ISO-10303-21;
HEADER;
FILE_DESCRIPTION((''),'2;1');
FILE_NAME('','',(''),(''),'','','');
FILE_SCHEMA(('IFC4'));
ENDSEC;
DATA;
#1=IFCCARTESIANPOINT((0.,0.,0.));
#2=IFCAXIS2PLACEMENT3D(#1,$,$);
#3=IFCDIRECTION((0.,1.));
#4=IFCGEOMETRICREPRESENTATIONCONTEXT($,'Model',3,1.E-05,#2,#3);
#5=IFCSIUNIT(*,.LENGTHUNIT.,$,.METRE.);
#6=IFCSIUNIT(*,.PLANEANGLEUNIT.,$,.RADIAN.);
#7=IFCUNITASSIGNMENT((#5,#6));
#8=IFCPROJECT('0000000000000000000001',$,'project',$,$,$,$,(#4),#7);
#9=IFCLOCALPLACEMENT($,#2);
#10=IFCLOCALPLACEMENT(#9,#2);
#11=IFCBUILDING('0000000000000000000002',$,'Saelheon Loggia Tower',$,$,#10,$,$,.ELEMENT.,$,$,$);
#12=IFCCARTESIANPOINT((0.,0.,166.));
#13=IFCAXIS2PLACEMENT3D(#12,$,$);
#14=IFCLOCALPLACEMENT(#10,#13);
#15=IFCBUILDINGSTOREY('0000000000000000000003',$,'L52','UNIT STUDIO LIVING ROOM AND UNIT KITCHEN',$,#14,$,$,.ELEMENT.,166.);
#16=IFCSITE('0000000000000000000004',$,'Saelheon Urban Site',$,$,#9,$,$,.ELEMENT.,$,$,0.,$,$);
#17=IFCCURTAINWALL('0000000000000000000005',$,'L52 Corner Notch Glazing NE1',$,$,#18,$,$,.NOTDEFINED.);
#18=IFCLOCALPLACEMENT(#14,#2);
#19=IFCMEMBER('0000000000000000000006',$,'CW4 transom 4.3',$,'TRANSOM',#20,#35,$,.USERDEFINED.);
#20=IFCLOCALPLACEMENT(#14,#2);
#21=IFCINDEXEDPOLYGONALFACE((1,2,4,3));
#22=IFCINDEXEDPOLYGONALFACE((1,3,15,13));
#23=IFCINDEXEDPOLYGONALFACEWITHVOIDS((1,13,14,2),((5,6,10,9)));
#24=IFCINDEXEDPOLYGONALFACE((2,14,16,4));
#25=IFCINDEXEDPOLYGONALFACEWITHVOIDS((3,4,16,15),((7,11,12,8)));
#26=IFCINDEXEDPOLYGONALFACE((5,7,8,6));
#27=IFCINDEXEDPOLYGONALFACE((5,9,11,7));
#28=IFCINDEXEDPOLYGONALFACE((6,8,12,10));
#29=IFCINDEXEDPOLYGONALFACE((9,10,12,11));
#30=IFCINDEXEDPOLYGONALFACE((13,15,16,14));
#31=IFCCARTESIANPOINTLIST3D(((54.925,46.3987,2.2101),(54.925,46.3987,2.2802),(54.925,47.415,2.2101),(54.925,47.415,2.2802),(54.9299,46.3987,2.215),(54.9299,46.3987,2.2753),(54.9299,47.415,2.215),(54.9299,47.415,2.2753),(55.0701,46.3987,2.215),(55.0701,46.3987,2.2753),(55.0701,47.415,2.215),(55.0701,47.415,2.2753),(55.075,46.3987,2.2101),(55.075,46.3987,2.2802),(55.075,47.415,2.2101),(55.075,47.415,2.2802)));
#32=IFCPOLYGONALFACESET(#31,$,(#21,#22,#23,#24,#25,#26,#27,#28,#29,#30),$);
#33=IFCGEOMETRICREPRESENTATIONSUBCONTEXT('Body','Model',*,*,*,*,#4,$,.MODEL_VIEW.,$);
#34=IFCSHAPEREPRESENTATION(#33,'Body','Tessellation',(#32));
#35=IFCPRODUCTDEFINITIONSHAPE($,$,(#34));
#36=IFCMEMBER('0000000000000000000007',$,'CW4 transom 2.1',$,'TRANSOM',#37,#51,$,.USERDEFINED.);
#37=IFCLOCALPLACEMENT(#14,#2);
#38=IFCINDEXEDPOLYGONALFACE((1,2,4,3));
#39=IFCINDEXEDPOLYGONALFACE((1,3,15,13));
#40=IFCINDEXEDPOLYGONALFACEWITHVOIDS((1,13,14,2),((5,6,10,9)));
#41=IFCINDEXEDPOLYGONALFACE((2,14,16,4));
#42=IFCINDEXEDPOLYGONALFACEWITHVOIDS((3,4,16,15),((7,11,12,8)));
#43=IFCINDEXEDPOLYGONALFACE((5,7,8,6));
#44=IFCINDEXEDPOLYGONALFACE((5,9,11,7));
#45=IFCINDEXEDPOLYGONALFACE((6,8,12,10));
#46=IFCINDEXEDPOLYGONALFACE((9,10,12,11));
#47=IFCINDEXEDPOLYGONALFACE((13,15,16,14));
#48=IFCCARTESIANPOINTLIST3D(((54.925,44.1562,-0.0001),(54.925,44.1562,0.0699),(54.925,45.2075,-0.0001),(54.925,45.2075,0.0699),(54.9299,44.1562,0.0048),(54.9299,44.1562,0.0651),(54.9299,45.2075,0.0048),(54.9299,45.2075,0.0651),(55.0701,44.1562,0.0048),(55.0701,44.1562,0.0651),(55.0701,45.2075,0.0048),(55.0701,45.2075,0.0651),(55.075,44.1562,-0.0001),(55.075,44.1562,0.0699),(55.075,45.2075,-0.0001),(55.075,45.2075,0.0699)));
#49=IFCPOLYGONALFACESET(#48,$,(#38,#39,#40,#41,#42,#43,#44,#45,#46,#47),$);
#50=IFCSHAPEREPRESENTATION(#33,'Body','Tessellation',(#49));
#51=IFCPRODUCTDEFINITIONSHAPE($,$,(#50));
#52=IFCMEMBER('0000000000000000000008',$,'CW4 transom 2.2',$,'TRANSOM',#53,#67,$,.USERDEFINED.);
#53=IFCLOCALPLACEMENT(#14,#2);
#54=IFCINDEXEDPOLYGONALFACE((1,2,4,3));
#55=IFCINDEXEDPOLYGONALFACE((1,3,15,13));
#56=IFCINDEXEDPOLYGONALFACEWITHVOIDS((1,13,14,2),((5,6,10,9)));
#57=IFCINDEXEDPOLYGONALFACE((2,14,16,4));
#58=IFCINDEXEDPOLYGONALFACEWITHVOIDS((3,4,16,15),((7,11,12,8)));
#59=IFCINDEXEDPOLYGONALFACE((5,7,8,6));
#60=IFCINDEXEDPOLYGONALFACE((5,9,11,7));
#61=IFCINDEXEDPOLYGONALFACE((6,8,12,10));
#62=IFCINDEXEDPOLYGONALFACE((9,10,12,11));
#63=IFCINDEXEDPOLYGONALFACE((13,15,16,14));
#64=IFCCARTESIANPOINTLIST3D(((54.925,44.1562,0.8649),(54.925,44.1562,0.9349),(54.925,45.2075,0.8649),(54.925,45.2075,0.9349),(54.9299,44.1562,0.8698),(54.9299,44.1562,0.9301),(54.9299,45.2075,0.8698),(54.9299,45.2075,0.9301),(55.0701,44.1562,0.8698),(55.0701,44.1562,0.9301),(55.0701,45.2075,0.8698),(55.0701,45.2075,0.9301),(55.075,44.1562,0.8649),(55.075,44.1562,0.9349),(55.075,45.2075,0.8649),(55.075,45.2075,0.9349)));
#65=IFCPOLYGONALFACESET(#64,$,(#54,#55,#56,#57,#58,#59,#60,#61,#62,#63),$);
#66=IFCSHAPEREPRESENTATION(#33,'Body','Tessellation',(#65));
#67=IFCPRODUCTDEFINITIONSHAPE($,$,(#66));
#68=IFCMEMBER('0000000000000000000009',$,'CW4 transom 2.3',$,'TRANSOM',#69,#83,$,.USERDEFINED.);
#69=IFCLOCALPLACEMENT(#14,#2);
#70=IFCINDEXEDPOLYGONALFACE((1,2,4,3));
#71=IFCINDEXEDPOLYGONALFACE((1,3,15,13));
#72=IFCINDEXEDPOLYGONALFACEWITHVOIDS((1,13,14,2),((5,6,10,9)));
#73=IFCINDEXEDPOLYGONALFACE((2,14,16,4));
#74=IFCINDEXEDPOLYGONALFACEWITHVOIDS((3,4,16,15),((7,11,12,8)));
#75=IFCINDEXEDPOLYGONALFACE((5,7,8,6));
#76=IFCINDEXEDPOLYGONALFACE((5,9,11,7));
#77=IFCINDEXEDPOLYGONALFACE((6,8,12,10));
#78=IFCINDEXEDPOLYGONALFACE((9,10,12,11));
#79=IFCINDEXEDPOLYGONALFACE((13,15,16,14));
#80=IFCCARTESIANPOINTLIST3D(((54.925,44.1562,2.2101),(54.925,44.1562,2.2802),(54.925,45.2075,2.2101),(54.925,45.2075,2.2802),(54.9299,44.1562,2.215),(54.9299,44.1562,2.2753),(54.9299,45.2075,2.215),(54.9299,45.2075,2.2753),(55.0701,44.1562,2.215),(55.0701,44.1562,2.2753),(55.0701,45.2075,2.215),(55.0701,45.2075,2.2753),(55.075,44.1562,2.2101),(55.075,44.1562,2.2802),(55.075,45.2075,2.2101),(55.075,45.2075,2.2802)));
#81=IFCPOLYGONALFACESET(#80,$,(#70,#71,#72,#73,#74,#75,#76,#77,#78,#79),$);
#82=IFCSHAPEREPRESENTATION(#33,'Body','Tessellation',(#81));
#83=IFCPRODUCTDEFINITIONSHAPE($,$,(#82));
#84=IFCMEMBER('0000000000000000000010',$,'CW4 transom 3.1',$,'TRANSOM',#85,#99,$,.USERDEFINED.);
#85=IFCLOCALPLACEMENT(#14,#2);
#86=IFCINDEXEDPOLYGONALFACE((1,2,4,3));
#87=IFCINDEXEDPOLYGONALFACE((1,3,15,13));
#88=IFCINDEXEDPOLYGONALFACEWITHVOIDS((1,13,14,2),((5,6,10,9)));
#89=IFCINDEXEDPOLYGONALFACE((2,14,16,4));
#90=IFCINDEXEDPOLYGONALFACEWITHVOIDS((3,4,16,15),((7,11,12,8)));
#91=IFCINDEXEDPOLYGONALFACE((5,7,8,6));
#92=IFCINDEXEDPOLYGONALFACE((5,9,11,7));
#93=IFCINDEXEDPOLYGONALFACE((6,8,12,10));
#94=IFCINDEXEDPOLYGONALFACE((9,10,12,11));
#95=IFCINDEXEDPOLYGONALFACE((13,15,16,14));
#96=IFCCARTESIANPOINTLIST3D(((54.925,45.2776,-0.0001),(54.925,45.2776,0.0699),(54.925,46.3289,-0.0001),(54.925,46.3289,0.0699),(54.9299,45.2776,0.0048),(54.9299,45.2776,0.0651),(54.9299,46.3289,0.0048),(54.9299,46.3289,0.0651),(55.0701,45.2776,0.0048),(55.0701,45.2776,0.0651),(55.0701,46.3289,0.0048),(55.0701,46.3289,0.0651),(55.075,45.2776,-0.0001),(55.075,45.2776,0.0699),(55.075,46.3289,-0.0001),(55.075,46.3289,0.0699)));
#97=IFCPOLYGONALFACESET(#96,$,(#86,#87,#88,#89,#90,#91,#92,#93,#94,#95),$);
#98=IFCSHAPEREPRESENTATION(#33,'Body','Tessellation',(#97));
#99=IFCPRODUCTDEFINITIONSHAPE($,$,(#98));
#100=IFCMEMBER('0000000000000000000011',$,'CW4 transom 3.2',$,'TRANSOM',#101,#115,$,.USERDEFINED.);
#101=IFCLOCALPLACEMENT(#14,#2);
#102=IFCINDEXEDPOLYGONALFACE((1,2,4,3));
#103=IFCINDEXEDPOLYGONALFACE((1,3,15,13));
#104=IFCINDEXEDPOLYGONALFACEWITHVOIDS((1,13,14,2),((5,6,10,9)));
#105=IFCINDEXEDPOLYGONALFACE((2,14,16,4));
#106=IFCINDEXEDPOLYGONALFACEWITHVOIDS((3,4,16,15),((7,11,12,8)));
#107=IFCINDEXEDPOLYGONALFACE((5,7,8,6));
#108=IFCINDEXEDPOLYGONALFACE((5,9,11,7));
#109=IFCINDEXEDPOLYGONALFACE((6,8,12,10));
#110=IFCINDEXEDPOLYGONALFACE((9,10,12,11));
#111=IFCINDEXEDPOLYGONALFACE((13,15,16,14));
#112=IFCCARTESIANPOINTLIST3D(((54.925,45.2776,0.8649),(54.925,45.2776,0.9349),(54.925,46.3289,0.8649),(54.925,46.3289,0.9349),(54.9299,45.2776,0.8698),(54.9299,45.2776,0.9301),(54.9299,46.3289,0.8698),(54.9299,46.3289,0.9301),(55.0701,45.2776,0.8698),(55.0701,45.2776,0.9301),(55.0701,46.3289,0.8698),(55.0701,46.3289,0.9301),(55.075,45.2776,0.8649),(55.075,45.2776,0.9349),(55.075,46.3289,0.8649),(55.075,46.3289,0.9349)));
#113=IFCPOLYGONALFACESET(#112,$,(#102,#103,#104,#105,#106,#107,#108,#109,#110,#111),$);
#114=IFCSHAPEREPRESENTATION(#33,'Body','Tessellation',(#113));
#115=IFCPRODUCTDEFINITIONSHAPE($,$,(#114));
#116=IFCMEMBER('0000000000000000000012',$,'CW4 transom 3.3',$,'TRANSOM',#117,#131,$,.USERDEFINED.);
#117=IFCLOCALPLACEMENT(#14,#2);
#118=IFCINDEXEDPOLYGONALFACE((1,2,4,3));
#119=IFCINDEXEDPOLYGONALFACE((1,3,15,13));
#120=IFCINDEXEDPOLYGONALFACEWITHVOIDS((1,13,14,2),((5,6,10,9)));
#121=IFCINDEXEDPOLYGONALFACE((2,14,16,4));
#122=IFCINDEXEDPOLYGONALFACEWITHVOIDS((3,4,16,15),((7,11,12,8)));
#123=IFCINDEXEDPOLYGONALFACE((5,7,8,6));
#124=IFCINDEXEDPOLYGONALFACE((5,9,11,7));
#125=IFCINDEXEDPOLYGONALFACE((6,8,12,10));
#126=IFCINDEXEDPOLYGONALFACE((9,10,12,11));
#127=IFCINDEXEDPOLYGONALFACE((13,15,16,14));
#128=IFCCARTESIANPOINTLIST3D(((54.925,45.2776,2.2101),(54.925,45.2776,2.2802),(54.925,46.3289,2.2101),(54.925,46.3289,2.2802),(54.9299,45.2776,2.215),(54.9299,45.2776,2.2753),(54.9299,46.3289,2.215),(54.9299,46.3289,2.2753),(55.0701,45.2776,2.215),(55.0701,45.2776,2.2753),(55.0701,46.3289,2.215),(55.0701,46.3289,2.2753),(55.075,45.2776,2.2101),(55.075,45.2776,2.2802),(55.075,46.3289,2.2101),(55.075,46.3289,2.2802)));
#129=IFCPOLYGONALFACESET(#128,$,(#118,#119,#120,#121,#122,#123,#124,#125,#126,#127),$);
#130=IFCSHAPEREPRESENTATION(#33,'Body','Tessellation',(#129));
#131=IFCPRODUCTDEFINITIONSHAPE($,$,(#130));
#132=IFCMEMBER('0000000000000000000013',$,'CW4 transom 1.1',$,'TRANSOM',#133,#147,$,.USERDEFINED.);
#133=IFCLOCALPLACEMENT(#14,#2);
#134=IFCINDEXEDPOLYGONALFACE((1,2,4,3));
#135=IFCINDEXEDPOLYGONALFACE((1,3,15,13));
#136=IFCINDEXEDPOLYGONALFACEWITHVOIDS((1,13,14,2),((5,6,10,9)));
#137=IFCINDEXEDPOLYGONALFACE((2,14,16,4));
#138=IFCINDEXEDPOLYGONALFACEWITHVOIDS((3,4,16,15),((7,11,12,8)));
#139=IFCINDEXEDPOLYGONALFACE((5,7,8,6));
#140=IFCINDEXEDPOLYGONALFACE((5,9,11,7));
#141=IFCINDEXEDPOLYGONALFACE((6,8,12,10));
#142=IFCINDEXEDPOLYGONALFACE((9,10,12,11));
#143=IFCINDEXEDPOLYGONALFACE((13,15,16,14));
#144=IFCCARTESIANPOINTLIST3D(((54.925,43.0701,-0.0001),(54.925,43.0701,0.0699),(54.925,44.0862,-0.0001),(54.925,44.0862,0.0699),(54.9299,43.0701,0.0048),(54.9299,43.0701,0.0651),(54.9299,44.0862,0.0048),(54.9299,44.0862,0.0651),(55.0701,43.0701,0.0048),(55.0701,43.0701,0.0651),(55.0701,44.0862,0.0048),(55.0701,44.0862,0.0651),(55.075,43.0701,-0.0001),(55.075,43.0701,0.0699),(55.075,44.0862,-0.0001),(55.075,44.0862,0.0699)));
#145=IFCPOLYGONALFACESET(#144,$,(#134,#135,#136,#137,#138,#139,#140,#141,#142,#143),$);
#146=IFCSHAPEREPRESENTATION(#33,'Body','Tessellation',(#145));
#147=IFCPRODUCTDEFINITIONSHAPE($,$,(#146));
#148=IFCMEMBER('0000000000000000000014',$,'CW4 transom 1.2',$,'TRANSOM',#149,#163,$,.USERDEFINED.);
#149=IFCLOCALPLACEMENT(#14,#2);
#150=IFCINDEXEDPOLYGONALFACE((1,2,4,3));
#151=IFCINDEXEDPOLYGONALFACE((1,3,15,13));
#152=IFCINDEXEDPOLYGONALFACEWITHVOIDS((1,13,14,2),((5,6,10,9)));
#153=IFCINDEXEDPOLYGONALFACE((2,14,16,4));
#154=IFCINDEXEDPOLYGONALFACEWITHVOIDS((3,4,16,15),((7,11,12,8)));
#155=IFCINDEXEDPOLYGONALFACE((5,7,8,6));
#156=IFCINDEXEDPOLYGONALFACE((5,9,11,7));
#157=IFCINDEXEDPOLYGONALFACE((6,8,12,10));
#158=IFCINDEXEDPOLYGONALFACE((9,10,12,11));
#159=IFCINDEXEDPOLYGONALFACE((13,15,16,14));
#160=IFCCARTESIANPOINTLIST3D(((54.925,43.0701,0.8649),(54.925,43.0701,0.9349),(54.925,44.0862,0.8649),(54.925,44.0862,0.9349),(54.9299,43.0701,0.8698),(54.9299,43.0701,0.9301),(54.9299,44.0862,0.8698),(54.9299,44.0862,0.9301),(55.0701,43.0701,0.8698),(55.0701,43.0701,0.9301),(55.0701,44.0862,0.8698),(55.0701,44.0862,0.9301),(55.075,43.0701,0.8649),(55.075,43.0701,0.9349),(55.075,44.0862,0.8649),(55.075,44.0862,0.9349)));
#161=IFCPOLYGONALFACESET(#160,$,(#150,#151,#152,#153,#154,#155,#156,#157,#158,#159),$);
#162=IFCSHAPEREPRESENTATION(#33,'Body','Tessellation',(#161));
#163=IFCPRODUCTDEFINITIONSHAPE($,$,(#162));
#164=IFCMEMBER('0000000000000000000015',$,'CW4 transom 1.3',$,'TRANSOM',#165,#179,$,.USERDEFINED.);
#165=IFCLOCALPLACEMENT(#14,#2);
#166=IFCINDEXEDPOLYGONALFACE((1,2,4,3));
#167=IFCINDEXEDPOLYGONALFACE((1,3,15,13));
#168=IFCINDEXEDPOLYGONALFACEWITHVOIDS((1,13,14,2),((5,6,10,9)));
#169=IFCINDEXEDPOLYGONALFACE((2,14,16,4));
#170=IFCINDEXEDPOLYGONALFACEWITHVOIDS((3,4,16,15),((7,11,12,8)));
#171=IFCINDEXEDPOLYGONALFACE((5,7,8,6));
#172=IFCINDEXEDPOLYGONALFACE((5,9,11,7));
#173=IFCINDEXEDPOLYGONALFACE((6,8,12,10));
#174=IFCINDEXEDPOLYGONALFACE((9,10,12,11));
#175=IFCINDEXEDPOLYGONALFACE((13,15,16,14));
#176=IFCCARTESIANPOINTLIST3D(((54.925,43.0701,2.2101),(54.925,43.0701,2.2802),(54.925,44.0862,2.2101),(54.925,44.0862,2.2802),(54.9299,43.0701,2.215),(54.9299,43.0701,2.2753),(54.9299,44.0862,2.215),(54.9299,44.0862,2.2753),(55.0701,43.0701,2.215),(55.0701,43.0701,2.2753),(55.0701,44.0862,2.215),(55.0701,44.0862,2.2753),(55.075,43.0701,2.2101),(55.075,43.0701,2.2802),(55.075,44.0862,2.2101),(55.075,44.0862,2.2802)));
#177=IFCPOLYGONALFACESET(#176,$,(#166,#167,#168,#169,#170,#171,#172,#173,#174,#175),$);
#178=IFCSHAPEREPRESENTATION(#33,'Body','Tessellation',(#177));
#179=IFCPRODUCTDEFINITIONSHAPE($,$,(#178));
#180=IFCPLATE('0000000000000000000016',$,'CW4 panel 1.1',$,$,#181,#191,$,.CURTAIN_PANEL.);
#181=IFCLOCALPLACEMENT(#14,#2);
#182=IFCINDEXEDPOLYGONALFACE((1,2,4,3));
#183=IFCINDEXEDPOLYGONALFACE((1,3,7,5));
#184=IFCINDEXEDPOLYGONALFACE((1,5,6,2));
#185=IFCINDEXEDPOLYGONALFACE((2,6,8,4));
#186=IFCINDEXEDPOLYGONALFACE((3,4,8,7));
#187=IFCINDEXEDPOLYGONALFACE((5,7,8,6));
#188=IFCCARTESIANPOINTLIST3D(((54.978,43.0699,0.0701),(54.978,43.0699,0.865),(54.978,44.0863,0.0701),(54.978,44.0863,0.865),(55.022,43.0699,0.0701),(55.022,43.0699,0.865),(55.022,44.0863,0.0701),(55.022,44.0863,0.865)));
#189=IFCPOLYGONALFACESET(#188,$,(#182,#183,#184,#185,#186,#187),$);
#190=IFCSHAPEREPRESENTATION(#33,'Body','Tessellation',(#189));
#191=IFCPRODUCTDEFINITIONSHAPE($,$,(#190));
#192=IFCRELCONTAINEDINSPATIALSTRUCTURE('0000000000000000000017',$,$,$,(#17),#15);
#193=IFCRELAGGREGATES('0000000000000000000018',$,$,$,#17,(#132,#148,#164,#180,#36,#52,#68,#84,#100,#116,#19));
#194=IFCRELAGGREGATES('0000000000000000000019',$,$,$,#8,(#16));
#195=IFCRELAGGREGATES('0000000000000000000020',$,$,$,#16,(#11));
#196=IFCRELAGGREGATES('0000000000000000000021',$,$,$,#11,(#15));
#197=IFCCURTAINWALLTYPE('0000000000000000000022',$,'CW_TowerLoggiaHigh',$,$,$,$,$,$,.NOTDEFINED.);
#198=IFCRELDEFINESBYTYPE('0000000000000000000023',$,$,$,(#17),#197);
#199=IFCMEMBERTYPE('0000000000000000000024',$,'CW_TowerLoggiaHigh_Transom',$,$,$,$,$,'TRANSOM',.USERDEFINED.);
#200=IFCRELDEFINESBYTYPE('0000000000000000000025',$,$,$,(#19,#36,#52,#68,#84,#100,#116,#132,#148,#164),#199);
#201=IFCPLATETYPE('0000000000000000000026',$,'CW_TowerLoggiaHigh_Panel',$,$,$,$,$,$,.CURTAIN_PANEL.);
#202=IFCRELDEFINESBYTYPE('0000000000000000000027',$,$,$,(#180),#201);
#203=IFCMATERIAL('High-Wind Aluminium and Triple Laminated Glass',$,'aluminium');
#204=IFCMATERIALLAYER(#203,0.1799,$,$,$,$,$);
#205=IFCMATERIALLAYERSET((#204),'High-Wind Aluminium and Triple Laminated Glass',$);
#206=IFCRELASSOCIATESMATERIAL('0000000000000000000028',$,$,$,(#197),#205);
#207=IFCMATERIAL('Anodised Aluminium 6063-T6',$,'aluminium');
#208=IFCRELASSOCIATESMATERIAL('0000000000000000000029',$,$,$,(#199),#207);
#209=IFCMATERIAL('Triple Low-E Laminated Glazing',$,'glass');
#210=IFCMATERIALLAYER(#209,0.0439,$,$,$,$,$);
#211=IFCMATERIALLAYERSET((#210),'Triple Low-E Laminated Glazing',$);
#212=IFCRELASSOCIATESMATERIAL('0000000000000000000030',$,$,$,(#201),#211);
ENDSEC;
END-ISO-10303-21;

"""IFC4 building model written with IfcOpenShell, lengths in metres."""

from ifc_helpers import new_model, si_unit, direction, frame, origin, origin_2d, place, context, subcontext, project, spatial, rectangle, hollow_rectangle, extrude, source, transform, mapped, material, layer, layer_set, material_profile, profile_set, type_object, element, aggregate, save


model = new_model("IFC4")

# Units and contexts
model_context = context("Model", 3, precision=1e-05, world=origin(), true_north=direction((0.0, 1.0)))
body_context = subcontext(model_context, "Body", "Model", "MODEL_VIEW")
ifc_project = project(units=[si_unit("LENGTHUNIT", "METRE"), si_unit("PLANEANGLEUNIT", "RADIAN")], contexts=[model_context])

# Site, building, storey
site_placement = place(None, origin())
site = spatial("IfcSite", under=ifc_project, at=site_placement, Name="Saelheon Urban Site", CompositionType="ELEMENT", RefElevation=0.0)
building_placement = place(site_placement, origin())
building = spatial("IfcBuilding", under=site, at=building_placement, Name="Saelheon Loggia Tower", CompositionType="ELEMENT")
storey_placement = place(building_placement, frame((0.0, 0.0, 166.0)))
storey = spatial("IfcBuildingStorey", under=building, at=storey_placement, Name="L52", Description="UNIT STUDIO LIVING ROOM AND UNIT KITCHEN", CompositionType="ELEMENT", Elevation=166.0)

# Curtain wall
ifc_material_1 = material(Name="High-Wind Aluminium and Triple Laminated Glass", Category="aluminium")
ifc_layer_1 = layer(ifc_material_1, 0.1799)
ifc_layer_set_1 = layer_set([ifc_layer_1], Name="High-Wind Aluminium and Triple Laminated Glass")
curtain_wall_type = type_object("IfcCurtainWallType", Name="CW_TowerLoggiaHigh", PredefinedType="NOTDEFINED", material=ifc_layer_set_1)
curtain_wall_1_placement = place(storey_placement, origin())
curtain_wall_1 = element("IfcCurtainWall", 1, at=curtain_wall_1_placement, inside=storey, type_object=curtain_wall_type, Name="L52 Corner Notch Glazing NE1", PredefinedType="NOTDEFINED")
ifc_material_2 = material(Name="Anodised Aluminium 6063-T6", Category="aluminium")

# Members
ifc_material_profile_1 = material_profile(ifc_material_2, hollow_rectangle(XDim=0.0701, YDim=0.1499, WallThickness=0.0049, at=origin_2d()), Name="RHS-150x70x5")
ifc_profile_set_1 = profile_set([ifc_material_profile_1], Name="Anodised Aluminium 6063-T6")
member_type_1 = type_object("IfcMemberType", Name="CW_TowerLoggiaHigh_Transom", ElementType="TRANSOM", PredefinedType="USERDEFINED", material=ifc_profile_set_1)
shared_shape_1 = source(origin(), body_context, "Body", "SweptSolid", [
    extrude(hollow_rectangle(XDim=0.0701, YDim=0.1499, WallThickness=0.0049, at=origin_2d()), origin(), (0.0, 0.0, 1.0), 1.0164),
])
member_1_placement = place(storey_placement, frame((55.0, 46.3987, 2.2451), z_axis=(0.0, 1.0, 0.0), x_axis=(0.0, 0.0, 1.0)))
member_1 = element("IfcMember", 2, at=member_1_placement, type_object=member_type_1, Name="CW4 transom 4.3", ObjectType="TRANSOM", PredefinedType="USERDEFINED", context=body_context, shape_type="MappedRepresentation", body=[
    mapped(shared_shape_1, transform((0.0, 0.0, 0.0), scale=1.0)),
])
shared_shape_2 = source(origin(), body_context, "Body", "SweptSolid", [
    extrude(hollow_rectangle(XDim=0.0701, YDim=0.1499, WallThickness=0.0049, at=origin_2d()), origin(), (0.0, 0.0, 1.0), 1.0513),
])
member_2_placement = place(storey_placement, frame((55.0, 44.1562, 0.0349), z_axis=(0.0, 1.0, 0.0), x_axis=(0.0, 0.0, 1.0)))
member_2 = element("IfcMember", 3, at=member_2_placement, type_object=member_type_1, Name="CW4 transom 2.1", ObjectType="TRANSOM", PredefinedType="USERDEFINED", context=body_context, shape_type="MappedRepresentation", body=[
    mapped(shared_shape_2, transform((0.0, 0.0, 0.0), scale=1.0)),
])
member_3_placement = place(storey_placement, frame((55.0, 44.1562, 0.8999), z_axis=(0.0, 1.0, 0.0), x_axis=(0.0, 0.0, 1.0)))
member_3 = element("IfcMember", 4, at=member_3_placement, type_object=member_type_1, Name="CW4 transom 2.2", ObjectType="TRANSOM", PredefinedType="USERDEFINED", context=body_context, shape_type="MappedRepresentation", body=[
    mapped(shared_shape_2, transform((0.0, 0.0, 0.0), scale=1.0)),
])
member_4_placement = place(storey_placement, frame((55.0, 44.1562, 2.2451), z_axis=(0.0, 1.0, 0.0), x_axis=(0.0, 0.0, 1.0)))
member_4 = element("IfcMember", 5, at=member_4_placement, type_object=member_type_1, Name="CW4 transom 2.3", ObjectType="TRANSOM", PredefinedType="USERDEFINED", context=body_context, shape_type="MappedRepresentation", body=[
    mapped(shared_shape_2, transform((0.0, 0.0, 0.0), scale=1.0)),
])
member_5_placement = place(storey_placement, frame((55.0, 45.2776, 0.0349), z_axis=(0.0, 1.0, 0.0), x_axis=(0.0, 0.0, 1.0)))
member_5 = element("IfcMember", 6, at=member_5_placement, type_object=member_type_1, Name="CW4 transom 3.1", ObjectType="TRANSOM", PredefinedType="USERDEFINED", context=body_context, shape_type="MappedRepresentation", body=[
    mapped(shared_shape_2, transform((0.0, 0.0, 0.0), scale=1.0)),
])
member_6_placement = place(storey_placement, frame((55.0, 45.2776, 0.8999), z_axis=(0.0, 1.0, 0.0), x_axis=(0.0, 0.0, 1.0)))
member_6 = element("IfcMember", 7, at=member_6_placement, type_object=member_type_1, Name="CW4 transom 3.2", ObjectType="TRANSOM", PredefinedType="USERDEFINED", context=body_context, shape_type="MappedRepresentation", body=[
    mapped(shared_shape_2, transform((0.0, 0.0, 0.0), scale=1.0)),
])
member_7_placement = place(storey_placement, frame((55.0, 45.2776, 2.2451), z_axis=(0.0, 1.0, 0.0), x_axis=(0.0, 0.0, 1.0)))
member_7 = element("IfcMember", 8, at=member_7_placement, type_object=member_type_1, Name="CW4 transom 3.3", ObjectType="TRANSOM", PredefinedType="USERDEFINED", context=body_context, shape_type="MappedRepresentation", body=[
    mapped(shared_shape_2, transform((0.0, 0.0, 0.0), scale=1.0)),
])
shared_shape_3 = source(origin(), body_context, "Body", "SweptSolid", [
    extrude(hollow_rectangle(XDim=0.0701, YDim=0.1499, WallThickness=0.0049, at=origin_2d()), origin(), (0.0, 0.0, 1.0), 1.0161),
])
member_8_placement = place(storey_placement, frame((55.0, 43.0701, 0.0349), z_axis=(0.0, 1.0, 0.0), x_axis=(0.0, 0.0, 1.0)))
member_8 = element("IfcMember", 9, at=member_8_placement, type_object=member_type_1, Name="CW4 transom 1.1", ObjectType="TRANSOM", PredefinedType="USERDEFINED", context=body_context, shape_type="MappedRepresentation", body=[
    mapped(shared_shape_3, transform((0.0, 0.0, 0.0), scale=1.0)),
])
member_9_placement = place(storey_placement, frame((55.0, 43.0701, 0.8999), z_axis=(0.0, 1.0, 0.0), x_axis=(0.0, 0.0, 1.0)))
member_9 = element("IfcMember", 10, at=member_9_placement, type_object=member_type_1, Name="CW4 transom 1.2", ObjectType="TRANSOM", PredefinedType="USERDEFINED", context=body_context, shape_type="MappedRepresentation", body=[
    mapped(shared_shape_3, transform((0.0, 0.0, 0.0), scale=1.0)),
])
member_10_placement = place(storey_placement, frame((55.0, 43.0701, 2.2451), z_axis=(0.0, 1.0, 0.0), x_axis=(0.0, 0.0, 1.0)))
member_10 = element("IfcMember", 11, at=member_10_placement, type_object=member_type_1, Name="CW4 transom 1.3", ObjectType="TRANSOM", PredefinedType="USERDEFINED", context=body_context, shape_type="MappedRepresentation", body=[
    mapped(shared_shape_3, transform((0.0, 0.0, 0.0), scale=1.0)),
])

# Plate
ifc_material_3 = material(Name="Triple Low-E Laminated Glazing", Category="glass")
ifc_layer_2 = layer(ifc_material_3, 0.0439)
ifc_layer_set_2 = layer_set([ifc_layer_2], Name="Triple Low-E Laminated Glazing")
plate_type = type_object("IfcPlateType", Name="CW_TowerLoggiaHigh_Panel", PredefinedType="CURTAIN_PANEL", material=ifc_layer_set_2)
shared_shape_4 = source(origin(), body_context, "Body", "SweptSolid", [
    extrude(rectangle(XDim=1.0164, YDim=0.0439, at=origin_2d()), origin(), (0.0, 0.0, 1.0), 0.7949),
])
plate_1_placement = place(storey_placement, frame((55.0, 43.5781, 0.0701), z_axis=(0.0, 0.0, 1.0), x_axis=(0.0, 1.0, 0.0)))
plate_1 = element("IfcPlate", 12, at=plate_1_placement, type_object=plate_type, Name="CW4 panel 1.1", PredefinedType="CURTAIN_PANEL", context=body_context, shape_type="MappedRepresentation", body=[
    mapped(shared_shape_4, transform((0.0, 0.0, 0.0), scale=1.0)),
])
aggregate(curtain_wall_1, [member_8, member_9, member_10, plate_1, member_2, member_3, member_4, member_5, member_6, member_7, member_1])

save(model, "model.ifc")
